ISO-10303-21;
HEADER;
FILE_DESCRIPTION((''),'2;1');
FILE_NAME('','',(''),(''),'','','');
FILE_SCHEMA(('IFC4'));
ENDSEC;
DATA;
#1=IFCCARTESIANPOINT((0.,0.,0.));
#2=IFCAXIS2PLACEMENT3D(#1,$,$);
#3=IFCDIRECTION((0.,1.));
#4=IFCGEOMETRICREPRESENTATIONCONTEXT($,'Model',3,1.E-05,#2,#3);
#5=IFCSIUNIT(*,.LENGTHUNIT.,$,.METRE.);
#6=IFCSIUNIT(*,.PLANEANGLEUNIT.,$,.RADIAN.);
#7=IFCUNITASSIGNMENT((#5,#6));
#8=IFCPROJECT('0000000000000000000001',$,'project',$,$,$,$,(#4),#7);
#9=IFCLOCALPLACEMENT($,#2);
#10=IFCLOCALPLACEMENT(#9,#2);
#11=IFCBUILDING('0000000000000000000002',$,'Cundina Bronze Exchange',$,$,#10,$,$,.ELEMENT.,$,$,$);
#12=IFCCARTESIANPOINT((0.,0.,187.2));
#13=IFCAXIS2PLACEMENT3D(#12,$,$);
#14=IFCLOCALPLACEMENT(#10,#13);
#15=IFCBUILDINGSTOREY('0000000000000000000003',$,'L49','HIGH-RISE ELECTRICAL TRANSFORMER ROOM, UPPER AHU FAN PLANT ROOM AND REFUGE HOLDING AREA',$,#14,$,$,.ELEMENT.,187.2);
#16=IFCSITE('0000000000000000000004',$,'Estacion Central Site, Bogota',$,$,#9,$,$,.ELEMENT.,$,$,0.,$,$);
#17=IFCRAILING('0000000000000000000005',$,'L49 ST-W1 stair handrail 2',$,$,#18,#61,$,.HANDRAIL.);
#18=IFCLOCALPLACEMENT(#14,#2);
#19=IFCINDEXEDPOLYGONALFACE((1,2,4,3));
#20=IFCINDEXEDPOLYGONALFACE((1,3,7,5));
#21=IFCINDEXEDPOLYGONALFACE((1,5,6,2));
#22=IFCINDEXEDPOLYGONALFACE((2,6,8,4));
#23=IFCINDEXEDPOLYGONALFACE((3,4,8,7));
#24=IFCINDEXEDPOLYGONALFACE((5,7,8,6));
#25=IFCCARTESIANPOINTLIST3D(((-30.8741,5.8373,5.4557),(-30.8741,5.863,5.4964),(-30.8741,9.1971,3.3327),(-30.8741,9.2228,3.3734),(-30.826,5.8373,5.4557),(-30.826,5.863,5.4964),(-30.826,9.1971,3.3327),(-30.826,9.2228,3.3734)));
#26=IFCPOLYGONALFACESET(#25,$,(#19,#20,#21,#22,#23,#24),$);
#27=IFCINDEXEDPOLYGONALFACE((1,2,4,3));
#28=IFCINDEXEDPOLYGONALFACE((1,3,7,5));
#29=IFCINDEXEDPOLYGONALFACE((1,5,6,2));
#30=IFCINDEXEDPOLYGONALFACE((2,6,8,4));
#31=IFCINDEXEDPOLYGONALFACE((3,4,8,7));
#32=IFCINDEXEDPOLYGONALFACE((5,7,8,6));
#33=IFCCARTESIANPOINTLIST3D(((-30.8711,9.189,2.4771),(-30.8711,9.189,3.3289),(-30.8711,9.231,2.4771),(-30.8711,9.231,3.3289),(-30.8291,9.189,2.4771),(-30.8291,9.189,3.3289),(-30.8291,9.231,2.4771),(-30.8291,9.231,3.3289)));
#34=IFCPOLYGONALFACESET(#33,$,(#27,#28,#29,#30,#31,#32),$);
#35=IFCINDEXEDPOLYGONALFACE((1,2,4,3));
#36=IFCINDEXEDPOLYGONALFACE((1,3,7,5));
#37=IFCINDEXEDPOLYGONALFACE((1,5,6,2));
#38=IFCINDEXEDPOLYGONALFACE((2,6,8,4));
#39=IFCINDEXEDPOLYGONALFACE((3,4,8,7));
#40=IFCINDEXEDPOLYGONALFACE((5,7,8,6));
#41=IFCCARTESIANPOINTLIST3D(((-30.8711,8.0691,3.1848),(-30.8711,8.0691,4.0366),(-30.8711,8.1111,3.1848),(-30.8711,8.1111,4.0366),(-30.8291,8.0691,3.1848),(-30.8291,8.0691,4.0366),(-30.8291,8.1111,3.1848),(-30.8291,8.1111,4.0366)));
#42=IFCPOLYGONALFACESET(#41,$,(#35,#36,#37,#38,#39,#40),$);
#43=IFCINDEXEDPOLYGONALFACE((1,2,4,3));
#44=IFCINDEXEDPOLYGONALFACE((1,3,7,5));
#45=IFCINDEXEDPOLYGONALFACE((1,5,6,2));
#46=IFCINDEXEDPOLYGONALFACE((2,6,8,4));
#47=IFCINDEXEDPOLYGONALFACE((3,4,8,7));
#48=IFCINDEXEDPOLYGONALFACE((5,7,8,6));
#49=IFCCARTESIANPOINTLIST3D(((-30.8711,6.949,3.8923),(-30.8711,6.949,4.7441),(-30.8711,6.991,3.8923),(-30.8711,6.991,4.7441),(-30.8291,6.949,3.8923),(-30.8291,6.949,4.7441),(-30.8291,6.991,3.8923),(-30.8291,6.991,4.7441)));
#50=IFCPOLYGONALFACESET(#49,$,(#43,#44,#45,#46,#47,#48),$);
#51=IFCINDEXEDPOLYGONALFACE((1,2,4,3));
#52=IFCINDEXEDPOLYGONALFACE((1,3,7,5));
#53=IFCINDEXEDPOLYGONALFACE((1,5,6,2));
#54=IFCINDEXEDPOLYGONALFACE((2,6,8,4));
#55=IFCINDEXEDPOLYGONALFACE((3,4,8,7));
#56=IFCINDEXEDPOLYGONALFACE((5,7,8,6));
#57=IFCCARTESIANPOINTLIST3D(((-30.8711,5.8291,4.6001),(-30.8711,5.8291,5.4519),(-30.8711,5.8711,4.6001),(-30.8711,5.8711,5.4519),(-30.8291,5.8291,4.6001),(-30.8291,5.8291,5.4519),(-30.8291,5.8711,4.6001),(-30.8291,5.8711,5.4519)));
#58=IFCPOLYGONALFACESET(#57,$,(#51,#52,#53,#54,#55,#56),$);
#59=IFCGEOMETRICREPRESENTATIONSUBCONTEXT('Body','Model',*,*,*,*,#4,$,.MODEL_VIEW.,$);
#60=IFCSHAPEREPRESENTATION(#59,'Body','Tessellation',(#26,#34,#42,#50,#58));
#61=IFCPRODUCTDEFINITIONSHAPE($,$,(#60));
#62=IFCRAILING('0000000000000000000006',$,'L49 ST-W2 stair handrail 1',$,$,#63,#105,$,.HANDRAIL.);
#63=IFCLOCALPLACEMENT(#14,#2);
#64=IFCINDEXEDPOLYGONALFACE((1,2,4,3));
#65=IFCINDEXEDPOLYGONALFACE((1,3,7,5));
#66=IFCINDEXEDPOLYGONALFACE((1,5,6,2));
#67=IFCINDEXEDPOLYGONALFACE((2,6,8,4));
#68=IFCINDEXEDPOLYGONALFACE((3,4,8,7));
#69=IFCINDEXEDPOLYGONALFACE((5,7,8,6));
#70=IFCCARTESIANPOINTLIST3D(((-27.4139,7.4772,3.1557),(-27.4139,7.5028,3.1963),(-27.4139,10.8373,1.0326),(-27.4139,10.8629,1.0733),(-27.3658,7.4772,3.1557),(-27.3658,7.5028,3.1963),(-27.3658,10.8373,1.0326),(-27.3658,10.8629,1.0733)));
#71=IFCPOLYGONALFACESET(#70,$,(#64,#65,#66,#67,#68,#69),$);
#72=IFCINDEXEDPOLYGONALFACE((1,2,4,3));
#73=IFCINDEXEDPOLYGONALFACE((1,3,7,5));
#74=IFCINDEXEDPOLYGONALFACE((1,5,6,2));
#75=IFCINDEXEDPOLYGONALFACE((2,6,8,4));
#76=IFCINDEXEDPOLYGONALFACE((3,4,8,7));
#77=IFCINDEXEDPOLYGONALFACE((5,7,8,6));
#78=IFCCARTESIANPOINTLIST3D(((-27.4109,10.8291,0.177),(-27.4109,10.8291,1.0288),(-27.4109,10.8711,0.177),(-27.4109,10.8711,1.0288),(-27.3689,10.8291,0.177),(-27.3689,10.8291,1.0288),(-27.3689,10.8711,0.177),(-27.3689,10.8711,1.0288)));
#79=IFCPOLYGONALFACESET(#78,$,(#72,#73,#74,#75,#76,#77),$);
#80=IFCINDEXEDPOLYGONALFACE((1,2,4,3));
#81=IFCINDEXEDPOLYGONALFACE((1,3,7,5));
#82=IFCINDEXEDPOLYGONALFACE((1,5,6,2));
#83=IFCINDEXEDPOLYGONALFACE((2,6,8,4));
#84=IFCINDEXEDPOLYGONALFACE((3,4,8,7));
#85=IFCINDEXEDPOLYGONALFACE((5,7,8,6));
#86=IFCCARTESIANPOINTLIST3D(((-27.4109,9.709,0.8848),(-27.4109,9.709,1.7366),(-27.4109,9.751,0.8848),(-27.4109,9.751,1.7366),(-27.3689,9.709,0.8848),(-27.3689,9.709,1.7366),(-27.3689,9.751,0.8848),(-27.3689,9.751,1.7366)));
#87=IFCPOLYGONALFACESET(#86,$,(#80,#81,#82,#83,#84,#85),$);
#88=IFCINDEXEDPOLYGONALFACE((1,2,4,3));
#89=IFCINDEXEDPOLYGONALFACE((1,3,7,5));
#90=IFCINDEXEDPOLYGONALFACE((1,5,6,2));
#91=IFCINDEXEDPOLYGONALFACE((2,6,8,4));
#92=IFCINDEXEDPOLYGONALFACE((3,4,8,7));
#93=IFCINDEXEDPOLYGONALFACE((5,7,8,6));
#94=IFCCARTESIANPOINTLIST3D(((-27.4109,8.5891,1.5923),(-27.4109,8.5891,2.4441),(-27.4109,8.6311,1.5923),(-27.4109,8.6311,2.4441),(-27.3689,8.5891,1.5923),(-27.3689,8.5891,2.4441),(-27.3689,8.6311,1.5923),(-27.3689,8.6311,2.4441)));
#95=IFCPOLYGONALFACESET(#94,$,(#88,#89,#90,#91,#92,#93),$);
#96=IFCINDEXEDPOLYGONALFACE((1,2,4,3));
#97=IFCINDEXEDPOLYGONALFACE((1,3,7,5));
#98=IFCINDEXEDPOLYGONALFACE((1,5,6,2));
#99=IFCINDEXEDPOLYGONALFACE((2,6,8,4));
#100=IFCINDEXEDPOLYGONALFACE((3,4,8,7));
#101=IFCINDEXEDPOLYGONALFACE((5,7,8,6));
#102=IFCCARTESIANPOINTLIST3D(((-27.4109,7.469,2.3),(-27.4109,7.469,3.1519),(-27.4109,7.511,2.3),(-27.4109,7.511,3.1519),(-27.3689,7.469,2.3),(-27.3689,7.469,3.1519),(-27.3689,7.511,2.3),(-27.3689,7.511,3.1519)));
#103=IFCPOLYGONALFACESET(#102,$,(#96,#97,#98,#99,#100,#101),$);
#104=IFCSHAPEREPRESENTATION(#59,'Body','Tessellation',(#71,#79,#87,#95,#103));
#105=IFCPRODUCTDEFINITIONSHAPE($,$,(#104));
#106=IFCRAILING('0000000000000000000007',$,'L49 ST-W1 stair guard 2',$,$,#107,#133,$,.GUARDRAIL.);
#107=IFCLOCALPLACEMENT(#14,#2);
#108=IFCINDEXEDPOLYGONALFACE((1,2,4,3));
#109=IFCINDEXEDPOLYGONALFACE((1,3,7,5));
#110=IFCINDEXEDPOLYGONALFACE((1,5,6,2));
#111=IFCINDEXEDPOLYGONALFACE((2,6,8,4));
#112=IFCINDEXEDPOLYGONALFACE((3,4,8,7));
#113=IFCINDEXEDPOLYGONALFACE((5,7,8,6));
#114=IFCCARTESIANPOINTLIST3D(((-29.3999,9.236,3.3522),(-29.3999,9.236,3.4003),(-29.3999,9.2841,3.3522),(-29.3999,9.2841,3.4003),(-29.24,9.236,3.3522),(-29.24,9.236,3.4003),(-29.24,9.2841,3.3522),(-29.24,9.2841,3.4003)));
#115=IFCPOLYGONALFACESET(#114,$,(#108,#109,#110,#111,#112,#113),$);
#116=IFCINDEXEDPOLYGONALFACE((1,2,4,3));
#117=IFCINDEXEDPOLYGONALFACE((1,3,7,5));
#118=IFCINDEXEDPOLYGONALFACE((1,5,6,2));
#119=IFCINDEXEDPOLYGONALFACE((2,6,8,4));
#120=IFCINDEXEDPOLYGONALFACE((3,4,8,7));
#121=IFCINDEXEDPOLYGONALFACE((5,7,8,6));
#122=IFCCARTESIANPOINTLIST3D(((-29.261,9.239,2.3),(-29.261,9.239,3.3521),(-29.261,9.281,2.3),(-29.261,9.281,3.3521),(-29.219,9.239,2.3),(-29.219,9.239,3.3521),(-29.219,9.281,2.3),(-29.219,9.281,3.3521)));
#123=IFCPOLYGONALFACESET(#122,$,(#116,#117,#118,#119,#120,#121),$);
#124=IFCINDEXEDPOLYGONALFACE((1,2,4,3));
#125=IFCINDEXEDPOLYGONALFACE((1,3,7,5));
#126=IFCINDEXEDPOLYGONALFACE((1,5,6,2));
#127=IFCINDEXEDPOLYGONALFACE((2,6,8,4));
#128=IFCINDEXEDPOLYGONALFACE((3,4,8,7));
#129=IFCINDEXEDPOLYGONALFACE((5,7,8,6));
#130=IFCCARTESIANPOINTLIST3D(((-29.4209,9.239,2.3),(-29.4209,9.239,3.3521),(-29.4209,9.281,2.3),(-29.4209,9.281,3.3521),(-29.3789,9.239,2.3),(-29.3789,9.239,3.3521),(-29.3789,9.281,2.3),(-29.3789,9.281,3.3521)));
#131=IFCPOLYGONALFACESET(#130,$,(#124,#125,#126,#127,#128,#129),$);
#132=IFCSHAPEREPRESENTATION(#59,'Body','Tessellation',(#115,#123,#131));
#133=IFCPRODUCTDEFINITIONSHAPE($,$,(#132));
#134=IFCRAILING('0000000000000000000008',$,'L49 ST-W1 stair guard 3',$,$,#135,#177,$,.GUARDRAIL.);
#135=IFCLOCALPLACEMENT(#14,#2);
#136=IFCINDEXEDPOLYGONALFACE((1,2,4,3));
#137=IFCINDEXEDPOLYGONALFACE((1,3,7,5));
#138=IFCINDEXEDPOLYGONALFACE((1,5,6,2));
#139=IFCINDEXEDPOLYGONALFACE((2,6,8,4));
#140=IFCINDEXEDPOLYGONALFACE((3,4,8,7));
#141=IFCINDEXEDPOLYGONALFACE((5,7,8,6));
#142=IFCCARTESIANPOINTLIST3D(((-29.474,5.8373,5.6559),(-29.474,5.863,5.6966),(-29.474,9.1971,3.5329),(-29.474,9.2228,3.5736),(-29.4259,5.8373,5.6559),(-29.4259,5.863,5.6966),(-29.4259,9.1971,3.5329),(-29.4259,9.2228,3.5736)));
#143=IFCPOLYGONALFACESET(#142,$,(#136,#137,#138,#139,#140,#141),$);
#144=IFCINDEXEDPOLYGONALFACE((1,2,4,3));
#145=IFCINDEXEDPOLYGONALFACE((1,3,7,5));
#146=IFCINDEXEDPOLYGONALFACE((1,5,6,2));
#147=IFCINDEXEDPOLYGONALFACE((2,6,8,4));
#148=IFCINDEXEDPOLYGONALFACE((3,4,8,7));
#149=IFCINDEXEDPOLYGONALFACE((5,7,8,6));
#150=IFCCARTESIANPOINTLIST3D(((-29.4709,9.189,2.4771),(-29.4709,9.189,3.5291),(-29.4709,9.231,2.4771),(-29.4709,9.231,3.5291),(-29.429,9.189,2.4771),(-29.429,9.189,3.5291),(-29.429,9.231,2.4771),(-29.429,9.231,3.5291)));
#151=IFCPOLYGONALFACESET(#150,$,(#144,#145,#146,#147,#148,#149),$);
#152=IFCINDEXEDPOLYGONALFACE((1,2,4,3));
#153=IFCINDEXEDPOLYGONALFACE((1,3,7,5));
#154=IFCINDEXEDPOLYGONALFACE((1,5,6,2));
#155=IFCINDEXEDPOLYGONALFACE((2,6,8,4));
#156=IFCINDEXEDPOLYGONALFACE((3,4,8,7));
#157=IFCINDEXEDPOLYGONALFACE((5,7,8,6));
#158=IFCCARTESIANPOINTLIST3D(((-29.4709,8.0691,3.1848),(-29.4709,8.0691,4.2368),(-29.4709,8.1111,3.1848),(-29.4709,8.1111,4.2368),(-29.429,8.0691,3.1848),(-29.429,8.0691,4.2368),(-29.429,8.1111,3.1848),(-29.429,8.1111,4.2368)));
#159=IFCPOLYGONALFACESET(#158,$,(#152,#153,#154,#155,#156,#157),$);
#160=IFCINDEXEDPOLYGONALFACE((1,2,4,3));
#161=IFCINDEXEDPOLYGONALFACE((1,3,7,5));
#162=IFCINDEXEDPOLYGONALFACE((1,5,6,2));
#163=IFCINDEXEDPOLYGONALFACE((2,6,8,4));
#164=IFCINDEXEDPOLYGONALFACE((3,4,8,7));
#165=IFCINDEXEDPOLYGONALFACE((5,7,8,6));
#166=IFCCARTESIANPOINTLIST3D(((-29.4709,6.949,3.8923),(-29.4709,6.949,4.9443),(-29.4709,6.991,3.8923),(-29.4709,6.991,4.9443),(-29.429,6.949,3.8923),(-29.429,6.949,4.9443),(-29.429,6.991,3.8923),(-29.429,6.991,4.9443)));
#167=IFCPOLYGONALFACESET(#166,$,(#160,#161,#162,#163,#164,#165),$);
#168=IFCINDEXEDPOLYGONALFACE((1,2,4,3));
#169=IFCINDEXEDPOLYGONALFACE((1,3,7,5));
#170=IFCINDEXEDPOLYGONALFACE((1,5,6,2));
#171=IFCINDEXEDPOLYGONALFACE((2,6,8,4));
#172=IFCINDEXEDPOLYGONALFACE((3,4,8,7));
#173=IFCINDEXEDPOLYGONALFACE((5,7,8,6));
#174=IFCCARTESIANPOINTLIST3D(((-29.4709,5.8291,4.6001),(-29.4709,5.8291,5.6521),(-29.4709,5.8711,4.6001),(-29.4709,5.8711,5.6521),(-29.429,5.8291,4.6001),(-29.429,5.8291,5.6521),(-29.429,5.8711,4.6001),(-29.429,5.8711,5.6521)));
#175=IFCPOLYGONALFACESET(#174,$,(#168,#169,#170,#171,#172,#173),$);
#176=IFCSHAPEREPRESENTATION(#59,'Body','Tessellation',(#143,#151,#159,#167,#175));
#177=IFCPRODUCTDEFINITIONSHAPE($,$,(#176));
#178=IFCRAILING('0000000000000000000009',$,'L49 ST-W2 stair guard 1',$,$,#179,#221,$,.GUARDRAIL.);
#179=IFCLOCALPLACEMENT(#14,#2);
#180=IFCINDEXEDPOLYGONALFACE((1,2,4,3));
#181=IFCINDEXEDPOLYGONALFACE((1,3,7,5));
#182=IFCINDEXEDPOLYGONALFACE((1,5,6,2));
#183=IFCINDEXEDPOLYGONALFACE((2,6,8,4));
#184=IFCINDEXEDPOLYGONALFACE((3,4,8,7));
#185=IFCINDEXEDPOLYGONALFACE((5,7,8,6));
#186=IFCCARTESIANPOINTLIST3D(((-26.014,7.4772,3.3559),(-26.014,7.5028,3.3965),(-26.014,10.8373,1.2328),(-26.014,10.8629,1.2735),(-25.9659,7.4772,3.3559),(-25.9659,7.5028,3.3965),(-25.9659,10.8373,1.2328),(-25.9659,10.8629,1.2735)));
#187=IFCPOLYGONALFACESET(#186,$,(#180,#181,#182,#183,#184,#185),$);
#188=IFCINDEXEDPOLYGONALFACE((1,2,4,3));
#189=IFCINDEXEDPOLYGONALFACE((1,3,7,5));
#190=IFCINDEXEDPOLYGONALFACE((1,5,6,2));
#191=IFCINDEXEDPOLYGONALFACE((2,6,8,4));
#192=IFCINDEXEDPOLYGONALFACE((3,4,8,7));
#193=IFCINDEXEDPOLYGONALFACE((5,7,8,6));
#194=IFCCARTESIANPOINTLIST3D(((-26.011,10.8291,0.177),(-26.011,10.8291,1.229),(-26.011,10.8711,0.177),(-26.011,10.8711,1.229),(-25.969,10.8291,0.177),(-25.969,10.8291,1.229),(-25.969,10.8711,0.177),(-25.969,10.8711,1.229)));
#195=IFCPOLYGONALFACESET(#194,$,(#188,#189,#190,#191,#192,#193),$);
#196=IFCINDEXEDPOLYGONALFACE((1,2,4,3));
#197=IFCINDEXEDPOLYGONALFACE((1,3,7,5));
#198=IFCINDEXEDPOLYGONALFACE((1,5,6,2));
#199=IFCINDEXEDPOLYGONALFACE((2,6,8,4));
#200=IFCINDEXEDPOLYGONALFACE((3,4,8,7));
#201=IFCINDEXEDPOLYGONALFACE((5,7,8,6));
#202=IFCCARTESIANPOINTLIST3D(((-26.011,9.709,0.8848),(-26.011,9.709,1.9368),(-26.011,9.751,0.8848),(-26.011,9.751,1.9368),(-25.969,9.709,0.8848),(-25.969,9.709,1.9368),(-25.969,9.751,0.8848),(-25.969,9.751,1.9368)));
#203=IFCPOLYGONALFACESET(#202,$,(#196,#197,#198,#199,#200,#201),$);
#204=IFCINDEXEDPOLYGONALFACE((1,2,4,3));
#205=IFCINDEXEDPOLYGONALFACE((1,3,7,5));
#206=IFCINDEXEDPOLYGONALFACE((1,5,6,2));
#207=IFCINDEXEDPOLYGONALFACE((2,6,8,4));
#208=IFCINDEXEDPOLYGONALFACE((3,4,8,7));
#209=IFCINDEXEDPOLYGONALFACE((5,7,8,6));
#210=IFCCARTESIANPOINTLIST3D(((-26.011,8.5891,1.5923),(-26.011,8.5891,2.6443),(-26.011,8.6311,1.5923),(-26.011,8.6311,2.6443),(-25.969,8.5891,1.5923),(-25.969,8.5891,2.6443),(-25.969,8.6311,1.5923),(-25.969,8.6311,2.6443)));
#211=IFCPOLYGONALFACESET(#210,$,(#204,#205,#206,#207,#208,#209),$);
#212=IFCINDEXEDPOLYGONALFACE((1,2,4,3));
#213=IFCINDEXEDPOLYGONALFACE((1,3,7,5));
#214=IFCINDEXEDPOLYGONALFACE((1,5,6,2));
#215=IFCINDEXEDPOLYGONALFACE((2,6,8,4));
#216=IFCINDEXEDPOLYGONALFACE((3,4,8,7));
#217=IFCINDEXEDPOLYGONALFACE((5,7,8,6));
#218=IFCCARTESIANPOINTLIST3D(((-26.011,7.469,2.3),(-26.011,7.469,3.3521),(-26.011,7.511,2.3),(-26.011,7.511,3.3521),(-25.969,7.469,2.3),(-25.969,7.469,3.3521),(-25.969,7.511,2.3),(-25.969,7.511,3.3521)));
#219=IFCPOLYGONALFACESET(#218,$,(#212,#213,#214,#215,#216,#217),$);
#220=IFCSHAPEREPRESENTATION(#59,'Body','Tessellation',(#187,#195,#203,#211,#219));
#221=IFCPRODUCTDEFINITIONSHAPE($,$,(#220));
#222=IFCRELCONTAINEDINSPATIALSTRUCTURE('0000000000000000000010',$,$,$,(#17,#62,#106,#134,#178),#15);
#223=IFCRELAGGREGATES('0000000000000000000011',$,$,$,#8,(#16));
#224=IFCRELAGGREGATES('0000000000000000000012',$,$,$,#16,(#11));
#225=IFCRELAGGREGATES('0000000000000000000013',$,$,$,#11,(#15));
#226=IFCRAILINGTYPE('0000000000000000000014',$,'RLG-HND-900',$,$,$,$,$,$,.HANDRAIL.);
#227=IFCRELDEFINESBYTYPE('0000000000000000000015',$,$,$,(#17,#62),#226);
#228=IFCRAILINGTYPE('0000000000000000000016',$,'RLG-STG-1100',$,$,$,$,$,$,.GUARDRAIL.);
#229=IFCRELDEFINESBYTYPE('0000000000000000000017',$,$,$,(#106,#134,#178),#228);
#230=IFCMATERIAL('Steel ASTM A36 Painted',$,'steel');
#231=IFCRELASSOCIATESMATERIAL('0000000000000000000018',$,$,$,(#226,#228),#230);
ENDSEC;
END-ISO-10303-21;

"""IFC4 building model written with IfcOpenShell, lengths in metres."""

from ifc_helpers import new_model, si_unit, direction, frame, origin, origin_2d, place, context, subcontext, project, spatial, rectangle, extrude, material, type_object, element, save


model = new_model("IFC4")

# Units and contexts
model_context = context("Model", 3, precision=1e-05, world=origin(), true_north=direction((0.0, 1.0)))
body_context = subcontext(model_context, "Body", "Model", "MODEL_VIEW")
ifc_project = project(units=[si_unit("LENGTHUNIT", "METRE"), si_unit("PLANEANGLEUNIT", "RADIAN")], contexts=[model_context])

# Site, building, storey
site_placement = place(None, origin())
site = spatial("IfcSite", under=ifc_project, at=site_placement, Name="Estacion Central Site, Bogota", CompositionType="ELEMENT", RefElevation=0.0)
building_placement = place(site_placement, origin())
building = spatial("IfcBuilding", under=site, at=building_placement, Name="Cundina Bronze Exchange", CompositionType="ELEMENT")
storey_placement = place(building_placement, frame((0.0, 0.0, 187.2)))
storey = spatial("IfcBuildingStorey", under=building, at=storey_placement, Name="L49", Description="HIGH-RISE ELECTRICAL TRANSFORMER ROOM, UPPER AHU FAN PLANT ROOM AND REFUGE HOLDING AREA", CompositionType="ELEMENT", Elevation=187.2)

# Shared definitions
ifc_material_1 = material(Name="Steel ASTM A36 Painted", Category="steel")

# Railings
railing_type_1 = type_object("IfcRailingType", Name="RLG-HND-900", PredefinedType="HANDRAIL", material=ifc_material_1)
railing_1_placement = place(storey_placement, frame((-30.8501, 9.21, 2.4771)))
element("IfcRailing", 1, at=railing_1_placement, inside=storey, type_object=railing_type_1, Name="L49 ST-W1 stair handrail 2", PredefinedType="HANDRAIL", context=body_context, shape_type="SweptSolid", body=[
    extrude(rectangle(XDim=0.0481, YDim=0.0481, at=origin_2d()), frame((0.0, 0.0, 0.876), z_axis=(0.0, -0.845372, 0.534178), x_axis=(1.0, 0.0, 0.0)), (0.0, 0.0, 1.0), 3.9744),
    extrude(rectangle(XDim=0.042, YDim=0.042, at=origin_2d()), origin(), (0.0, 0.0, 1.0), 0.8518),
    extrude(rectangle(XDim=0.042, YDim=0.042, at=origin_2d()), frame((0.0, -1.1199, 0.7078)), (0.0, 0.0, 1.0), 0.8518),
    extrude(rectangle(XDim=0.042, YDim=0.042, at=origin_2d()), frame((0.0, -2.24, 1.4153)), (0.0, 0.0, 1.0), 0.8518),
    extrude(rectangle(XDim=0.042, YDim=0.042, at=origin_2d()), frame((0.0, -3.3599, 2.123)), (0.0, 0.0, 1.0), 0.8518),
])
railing_2_placement = place(storey_placement, frame((-27.3899, 10.8501, 0.177)))
element("IfcRailing", 2, at=railing_2_placement, inside=storey, type_object=railing_type_1, Name="L49 ST-W2 stair handrail 1", PredefinedType="HANDRAIL", context=body_context, shape_type="SweptSolid", body=[
    extrude(rectangle(XDim=0.0481, YDim=0.0481, at=origin_2d()), frame((0.0, 0.0, 0.876), z_axis=(0.0, -0.84539, 0.53415), x_axis=(1.0, 0.0, 0.0)), (0.0, 0.0, 1.0), 3.9746),
    extrude(rectangle(XDim=0.042, YDim=0.042, at=origin_2d()), origin(), (0.0, 0.0, 1.0), 0.8518),
    extrude(rectangle(XDim=0.042, YDim=0.042, at=origin_2d()), frame((0.0, -1.1201, 0.7078)), (0.0, 0.0, 1.0), 0.8518),
    extrude(rectangle(XDim=0.042, YDim=0.042, at=origin_2d()), frame((0.0, -2.24, 1.4153)), (0.0, 0.0, 1.0), 0.8518),
    extrude(rectangle(XDim=0.042, YDim=0.042, at=origin_2d()), frame((0.0, -3.3601, 2.123)), (0.0, 0.0, 1.0), 0.8518),
])
railing_type_2 = type_object("IfcRailingType", Name="RLG-STG-1100", PredefinedType="GUARDRAIL", material=ifc_material_1)
railing_3_placement = place(storey_placement, frame((-29.24, 9.26, 2.3)))
element("IfcRailing", 3, at=railing_3_placement, inside=storey, type_object=railing_type_2, Name="L49 ST-W1 stair guard 2", PredefinedType="GUARDRAIL", context=body_context, shape_type="SweptSolid", body=[
    extrude(rectangle(XDim=0.0481, YDim=0.0481, at=origin_2d()), frame((0.0, 0.0, 1.0762), z_axis=(-1.0, 0.0, 0.0), x_axis=(0.0, -1.0, 0.0)), (0.0, 0.0, 1.0), 0.1599),
    extrude(rectangle(XDim=0.042, YDim=0.042, at=origin_2d()), origin(), (0.0, 0.0, 1.0), 1.052),
    extrude(rectangle(XDim=0.042, YDim=0.042, at=origin_2d()), frame((-0.1599, 0.0, 0.0)), (0.0, 0.0, 1.0), 1.052),
])
railing_4_placement = place(storey_placement, frame((-29.45, 9.21, 2.4771)))
element("IfcRailing", 4, at=railing_4_placement, inside=storey, type_object=railing_type_2, Name="L49 ST-W1 stair guard 3", PredefinedType="GUARDRAIL", context=body_context, shape_type="SweptSolid", body=[
    extrude(rectangle(XDim=0.0481, YDim=0.0481, at=origin_2d()), frame((0.0, 0.0, 1.0762), z_axis=(0.0, -0.845372, 0.534178), x_axis=(1.0, 0.0, 0.0)), (0.0, 0.0, 1.0), 3.9744),
    extrude(rectangle(XDim=0.042, YDim=0.042, at=origin_2d()), origin(), (0.0, 0.0, 1.0), 1.052),
    extrude(rectangle(XDim=0.042, YDim=0.042, at=origin_2d()), frame((0.0, -1.1199, 0.7078)), (0.0, 0.0, 1.0), 1.052),
    extrude(rectangle(XDim=0.042, YDim=0.042, at=origin_2d()), frame((0.0, -2.24, 1.4153)), (0.0, 0.0, 1.0), 1.052),
    extrude(rectangle(XDim=0.042, YDim=0.042, at=origin_2d()), frame((0.0, -3.3599, 2.123)), (0.0, 0.0, 1.0), 1.052),
])
railing_5_placement = place(storey_placement, frame((-25.99, 10.8501, 0.177)))
element("IfcRailing", 5, at=railing_5_placement, inside=storey, type_object=railing_type_2, Name="L49 ST-W2 stair guard 1", PredefinedType="GUARDRAIL", context=body_context, shape_type="SweptSolid", body=[
    extrude(rectangle(XDim=0.0481, YDim=0.0481, at=origin_2d()), frame((0.0, 0.0, 1.0762), z_axis=(0.0, -0.84539, 0.53415), x_axis=(1.0, 0.0, 0.0)), (0.0, 0.0, 1.0), 3.9746),
    extrude(rectangle(XDim=0.042, YDim=0.042, at=origin_2d()), origin(), (0.0, 0.0, 1.0), 1.052),
    extrude(rectangle(XDim=0.042, YDim=0.042, at=origin_2d()), frame((0.0, -1.1201, 0.7078)), (0.0, 0.0, 1.0), 1.052),
    extrude(rectangle(XDim=0.042, YDim=0.042, at=origin_2d()), frame((0.0, -2.24, 1.4153)), (0.0, 0.0, 1.0), 1.052),
    extrude(rectangle(XDim=0.042, YDim=0.042, at=origin_2d()), frame((0.0, -3.3601, 2.123)), (0.0, 0.0, 1.0), 1.052),
])

save(model, "model.ifc")
